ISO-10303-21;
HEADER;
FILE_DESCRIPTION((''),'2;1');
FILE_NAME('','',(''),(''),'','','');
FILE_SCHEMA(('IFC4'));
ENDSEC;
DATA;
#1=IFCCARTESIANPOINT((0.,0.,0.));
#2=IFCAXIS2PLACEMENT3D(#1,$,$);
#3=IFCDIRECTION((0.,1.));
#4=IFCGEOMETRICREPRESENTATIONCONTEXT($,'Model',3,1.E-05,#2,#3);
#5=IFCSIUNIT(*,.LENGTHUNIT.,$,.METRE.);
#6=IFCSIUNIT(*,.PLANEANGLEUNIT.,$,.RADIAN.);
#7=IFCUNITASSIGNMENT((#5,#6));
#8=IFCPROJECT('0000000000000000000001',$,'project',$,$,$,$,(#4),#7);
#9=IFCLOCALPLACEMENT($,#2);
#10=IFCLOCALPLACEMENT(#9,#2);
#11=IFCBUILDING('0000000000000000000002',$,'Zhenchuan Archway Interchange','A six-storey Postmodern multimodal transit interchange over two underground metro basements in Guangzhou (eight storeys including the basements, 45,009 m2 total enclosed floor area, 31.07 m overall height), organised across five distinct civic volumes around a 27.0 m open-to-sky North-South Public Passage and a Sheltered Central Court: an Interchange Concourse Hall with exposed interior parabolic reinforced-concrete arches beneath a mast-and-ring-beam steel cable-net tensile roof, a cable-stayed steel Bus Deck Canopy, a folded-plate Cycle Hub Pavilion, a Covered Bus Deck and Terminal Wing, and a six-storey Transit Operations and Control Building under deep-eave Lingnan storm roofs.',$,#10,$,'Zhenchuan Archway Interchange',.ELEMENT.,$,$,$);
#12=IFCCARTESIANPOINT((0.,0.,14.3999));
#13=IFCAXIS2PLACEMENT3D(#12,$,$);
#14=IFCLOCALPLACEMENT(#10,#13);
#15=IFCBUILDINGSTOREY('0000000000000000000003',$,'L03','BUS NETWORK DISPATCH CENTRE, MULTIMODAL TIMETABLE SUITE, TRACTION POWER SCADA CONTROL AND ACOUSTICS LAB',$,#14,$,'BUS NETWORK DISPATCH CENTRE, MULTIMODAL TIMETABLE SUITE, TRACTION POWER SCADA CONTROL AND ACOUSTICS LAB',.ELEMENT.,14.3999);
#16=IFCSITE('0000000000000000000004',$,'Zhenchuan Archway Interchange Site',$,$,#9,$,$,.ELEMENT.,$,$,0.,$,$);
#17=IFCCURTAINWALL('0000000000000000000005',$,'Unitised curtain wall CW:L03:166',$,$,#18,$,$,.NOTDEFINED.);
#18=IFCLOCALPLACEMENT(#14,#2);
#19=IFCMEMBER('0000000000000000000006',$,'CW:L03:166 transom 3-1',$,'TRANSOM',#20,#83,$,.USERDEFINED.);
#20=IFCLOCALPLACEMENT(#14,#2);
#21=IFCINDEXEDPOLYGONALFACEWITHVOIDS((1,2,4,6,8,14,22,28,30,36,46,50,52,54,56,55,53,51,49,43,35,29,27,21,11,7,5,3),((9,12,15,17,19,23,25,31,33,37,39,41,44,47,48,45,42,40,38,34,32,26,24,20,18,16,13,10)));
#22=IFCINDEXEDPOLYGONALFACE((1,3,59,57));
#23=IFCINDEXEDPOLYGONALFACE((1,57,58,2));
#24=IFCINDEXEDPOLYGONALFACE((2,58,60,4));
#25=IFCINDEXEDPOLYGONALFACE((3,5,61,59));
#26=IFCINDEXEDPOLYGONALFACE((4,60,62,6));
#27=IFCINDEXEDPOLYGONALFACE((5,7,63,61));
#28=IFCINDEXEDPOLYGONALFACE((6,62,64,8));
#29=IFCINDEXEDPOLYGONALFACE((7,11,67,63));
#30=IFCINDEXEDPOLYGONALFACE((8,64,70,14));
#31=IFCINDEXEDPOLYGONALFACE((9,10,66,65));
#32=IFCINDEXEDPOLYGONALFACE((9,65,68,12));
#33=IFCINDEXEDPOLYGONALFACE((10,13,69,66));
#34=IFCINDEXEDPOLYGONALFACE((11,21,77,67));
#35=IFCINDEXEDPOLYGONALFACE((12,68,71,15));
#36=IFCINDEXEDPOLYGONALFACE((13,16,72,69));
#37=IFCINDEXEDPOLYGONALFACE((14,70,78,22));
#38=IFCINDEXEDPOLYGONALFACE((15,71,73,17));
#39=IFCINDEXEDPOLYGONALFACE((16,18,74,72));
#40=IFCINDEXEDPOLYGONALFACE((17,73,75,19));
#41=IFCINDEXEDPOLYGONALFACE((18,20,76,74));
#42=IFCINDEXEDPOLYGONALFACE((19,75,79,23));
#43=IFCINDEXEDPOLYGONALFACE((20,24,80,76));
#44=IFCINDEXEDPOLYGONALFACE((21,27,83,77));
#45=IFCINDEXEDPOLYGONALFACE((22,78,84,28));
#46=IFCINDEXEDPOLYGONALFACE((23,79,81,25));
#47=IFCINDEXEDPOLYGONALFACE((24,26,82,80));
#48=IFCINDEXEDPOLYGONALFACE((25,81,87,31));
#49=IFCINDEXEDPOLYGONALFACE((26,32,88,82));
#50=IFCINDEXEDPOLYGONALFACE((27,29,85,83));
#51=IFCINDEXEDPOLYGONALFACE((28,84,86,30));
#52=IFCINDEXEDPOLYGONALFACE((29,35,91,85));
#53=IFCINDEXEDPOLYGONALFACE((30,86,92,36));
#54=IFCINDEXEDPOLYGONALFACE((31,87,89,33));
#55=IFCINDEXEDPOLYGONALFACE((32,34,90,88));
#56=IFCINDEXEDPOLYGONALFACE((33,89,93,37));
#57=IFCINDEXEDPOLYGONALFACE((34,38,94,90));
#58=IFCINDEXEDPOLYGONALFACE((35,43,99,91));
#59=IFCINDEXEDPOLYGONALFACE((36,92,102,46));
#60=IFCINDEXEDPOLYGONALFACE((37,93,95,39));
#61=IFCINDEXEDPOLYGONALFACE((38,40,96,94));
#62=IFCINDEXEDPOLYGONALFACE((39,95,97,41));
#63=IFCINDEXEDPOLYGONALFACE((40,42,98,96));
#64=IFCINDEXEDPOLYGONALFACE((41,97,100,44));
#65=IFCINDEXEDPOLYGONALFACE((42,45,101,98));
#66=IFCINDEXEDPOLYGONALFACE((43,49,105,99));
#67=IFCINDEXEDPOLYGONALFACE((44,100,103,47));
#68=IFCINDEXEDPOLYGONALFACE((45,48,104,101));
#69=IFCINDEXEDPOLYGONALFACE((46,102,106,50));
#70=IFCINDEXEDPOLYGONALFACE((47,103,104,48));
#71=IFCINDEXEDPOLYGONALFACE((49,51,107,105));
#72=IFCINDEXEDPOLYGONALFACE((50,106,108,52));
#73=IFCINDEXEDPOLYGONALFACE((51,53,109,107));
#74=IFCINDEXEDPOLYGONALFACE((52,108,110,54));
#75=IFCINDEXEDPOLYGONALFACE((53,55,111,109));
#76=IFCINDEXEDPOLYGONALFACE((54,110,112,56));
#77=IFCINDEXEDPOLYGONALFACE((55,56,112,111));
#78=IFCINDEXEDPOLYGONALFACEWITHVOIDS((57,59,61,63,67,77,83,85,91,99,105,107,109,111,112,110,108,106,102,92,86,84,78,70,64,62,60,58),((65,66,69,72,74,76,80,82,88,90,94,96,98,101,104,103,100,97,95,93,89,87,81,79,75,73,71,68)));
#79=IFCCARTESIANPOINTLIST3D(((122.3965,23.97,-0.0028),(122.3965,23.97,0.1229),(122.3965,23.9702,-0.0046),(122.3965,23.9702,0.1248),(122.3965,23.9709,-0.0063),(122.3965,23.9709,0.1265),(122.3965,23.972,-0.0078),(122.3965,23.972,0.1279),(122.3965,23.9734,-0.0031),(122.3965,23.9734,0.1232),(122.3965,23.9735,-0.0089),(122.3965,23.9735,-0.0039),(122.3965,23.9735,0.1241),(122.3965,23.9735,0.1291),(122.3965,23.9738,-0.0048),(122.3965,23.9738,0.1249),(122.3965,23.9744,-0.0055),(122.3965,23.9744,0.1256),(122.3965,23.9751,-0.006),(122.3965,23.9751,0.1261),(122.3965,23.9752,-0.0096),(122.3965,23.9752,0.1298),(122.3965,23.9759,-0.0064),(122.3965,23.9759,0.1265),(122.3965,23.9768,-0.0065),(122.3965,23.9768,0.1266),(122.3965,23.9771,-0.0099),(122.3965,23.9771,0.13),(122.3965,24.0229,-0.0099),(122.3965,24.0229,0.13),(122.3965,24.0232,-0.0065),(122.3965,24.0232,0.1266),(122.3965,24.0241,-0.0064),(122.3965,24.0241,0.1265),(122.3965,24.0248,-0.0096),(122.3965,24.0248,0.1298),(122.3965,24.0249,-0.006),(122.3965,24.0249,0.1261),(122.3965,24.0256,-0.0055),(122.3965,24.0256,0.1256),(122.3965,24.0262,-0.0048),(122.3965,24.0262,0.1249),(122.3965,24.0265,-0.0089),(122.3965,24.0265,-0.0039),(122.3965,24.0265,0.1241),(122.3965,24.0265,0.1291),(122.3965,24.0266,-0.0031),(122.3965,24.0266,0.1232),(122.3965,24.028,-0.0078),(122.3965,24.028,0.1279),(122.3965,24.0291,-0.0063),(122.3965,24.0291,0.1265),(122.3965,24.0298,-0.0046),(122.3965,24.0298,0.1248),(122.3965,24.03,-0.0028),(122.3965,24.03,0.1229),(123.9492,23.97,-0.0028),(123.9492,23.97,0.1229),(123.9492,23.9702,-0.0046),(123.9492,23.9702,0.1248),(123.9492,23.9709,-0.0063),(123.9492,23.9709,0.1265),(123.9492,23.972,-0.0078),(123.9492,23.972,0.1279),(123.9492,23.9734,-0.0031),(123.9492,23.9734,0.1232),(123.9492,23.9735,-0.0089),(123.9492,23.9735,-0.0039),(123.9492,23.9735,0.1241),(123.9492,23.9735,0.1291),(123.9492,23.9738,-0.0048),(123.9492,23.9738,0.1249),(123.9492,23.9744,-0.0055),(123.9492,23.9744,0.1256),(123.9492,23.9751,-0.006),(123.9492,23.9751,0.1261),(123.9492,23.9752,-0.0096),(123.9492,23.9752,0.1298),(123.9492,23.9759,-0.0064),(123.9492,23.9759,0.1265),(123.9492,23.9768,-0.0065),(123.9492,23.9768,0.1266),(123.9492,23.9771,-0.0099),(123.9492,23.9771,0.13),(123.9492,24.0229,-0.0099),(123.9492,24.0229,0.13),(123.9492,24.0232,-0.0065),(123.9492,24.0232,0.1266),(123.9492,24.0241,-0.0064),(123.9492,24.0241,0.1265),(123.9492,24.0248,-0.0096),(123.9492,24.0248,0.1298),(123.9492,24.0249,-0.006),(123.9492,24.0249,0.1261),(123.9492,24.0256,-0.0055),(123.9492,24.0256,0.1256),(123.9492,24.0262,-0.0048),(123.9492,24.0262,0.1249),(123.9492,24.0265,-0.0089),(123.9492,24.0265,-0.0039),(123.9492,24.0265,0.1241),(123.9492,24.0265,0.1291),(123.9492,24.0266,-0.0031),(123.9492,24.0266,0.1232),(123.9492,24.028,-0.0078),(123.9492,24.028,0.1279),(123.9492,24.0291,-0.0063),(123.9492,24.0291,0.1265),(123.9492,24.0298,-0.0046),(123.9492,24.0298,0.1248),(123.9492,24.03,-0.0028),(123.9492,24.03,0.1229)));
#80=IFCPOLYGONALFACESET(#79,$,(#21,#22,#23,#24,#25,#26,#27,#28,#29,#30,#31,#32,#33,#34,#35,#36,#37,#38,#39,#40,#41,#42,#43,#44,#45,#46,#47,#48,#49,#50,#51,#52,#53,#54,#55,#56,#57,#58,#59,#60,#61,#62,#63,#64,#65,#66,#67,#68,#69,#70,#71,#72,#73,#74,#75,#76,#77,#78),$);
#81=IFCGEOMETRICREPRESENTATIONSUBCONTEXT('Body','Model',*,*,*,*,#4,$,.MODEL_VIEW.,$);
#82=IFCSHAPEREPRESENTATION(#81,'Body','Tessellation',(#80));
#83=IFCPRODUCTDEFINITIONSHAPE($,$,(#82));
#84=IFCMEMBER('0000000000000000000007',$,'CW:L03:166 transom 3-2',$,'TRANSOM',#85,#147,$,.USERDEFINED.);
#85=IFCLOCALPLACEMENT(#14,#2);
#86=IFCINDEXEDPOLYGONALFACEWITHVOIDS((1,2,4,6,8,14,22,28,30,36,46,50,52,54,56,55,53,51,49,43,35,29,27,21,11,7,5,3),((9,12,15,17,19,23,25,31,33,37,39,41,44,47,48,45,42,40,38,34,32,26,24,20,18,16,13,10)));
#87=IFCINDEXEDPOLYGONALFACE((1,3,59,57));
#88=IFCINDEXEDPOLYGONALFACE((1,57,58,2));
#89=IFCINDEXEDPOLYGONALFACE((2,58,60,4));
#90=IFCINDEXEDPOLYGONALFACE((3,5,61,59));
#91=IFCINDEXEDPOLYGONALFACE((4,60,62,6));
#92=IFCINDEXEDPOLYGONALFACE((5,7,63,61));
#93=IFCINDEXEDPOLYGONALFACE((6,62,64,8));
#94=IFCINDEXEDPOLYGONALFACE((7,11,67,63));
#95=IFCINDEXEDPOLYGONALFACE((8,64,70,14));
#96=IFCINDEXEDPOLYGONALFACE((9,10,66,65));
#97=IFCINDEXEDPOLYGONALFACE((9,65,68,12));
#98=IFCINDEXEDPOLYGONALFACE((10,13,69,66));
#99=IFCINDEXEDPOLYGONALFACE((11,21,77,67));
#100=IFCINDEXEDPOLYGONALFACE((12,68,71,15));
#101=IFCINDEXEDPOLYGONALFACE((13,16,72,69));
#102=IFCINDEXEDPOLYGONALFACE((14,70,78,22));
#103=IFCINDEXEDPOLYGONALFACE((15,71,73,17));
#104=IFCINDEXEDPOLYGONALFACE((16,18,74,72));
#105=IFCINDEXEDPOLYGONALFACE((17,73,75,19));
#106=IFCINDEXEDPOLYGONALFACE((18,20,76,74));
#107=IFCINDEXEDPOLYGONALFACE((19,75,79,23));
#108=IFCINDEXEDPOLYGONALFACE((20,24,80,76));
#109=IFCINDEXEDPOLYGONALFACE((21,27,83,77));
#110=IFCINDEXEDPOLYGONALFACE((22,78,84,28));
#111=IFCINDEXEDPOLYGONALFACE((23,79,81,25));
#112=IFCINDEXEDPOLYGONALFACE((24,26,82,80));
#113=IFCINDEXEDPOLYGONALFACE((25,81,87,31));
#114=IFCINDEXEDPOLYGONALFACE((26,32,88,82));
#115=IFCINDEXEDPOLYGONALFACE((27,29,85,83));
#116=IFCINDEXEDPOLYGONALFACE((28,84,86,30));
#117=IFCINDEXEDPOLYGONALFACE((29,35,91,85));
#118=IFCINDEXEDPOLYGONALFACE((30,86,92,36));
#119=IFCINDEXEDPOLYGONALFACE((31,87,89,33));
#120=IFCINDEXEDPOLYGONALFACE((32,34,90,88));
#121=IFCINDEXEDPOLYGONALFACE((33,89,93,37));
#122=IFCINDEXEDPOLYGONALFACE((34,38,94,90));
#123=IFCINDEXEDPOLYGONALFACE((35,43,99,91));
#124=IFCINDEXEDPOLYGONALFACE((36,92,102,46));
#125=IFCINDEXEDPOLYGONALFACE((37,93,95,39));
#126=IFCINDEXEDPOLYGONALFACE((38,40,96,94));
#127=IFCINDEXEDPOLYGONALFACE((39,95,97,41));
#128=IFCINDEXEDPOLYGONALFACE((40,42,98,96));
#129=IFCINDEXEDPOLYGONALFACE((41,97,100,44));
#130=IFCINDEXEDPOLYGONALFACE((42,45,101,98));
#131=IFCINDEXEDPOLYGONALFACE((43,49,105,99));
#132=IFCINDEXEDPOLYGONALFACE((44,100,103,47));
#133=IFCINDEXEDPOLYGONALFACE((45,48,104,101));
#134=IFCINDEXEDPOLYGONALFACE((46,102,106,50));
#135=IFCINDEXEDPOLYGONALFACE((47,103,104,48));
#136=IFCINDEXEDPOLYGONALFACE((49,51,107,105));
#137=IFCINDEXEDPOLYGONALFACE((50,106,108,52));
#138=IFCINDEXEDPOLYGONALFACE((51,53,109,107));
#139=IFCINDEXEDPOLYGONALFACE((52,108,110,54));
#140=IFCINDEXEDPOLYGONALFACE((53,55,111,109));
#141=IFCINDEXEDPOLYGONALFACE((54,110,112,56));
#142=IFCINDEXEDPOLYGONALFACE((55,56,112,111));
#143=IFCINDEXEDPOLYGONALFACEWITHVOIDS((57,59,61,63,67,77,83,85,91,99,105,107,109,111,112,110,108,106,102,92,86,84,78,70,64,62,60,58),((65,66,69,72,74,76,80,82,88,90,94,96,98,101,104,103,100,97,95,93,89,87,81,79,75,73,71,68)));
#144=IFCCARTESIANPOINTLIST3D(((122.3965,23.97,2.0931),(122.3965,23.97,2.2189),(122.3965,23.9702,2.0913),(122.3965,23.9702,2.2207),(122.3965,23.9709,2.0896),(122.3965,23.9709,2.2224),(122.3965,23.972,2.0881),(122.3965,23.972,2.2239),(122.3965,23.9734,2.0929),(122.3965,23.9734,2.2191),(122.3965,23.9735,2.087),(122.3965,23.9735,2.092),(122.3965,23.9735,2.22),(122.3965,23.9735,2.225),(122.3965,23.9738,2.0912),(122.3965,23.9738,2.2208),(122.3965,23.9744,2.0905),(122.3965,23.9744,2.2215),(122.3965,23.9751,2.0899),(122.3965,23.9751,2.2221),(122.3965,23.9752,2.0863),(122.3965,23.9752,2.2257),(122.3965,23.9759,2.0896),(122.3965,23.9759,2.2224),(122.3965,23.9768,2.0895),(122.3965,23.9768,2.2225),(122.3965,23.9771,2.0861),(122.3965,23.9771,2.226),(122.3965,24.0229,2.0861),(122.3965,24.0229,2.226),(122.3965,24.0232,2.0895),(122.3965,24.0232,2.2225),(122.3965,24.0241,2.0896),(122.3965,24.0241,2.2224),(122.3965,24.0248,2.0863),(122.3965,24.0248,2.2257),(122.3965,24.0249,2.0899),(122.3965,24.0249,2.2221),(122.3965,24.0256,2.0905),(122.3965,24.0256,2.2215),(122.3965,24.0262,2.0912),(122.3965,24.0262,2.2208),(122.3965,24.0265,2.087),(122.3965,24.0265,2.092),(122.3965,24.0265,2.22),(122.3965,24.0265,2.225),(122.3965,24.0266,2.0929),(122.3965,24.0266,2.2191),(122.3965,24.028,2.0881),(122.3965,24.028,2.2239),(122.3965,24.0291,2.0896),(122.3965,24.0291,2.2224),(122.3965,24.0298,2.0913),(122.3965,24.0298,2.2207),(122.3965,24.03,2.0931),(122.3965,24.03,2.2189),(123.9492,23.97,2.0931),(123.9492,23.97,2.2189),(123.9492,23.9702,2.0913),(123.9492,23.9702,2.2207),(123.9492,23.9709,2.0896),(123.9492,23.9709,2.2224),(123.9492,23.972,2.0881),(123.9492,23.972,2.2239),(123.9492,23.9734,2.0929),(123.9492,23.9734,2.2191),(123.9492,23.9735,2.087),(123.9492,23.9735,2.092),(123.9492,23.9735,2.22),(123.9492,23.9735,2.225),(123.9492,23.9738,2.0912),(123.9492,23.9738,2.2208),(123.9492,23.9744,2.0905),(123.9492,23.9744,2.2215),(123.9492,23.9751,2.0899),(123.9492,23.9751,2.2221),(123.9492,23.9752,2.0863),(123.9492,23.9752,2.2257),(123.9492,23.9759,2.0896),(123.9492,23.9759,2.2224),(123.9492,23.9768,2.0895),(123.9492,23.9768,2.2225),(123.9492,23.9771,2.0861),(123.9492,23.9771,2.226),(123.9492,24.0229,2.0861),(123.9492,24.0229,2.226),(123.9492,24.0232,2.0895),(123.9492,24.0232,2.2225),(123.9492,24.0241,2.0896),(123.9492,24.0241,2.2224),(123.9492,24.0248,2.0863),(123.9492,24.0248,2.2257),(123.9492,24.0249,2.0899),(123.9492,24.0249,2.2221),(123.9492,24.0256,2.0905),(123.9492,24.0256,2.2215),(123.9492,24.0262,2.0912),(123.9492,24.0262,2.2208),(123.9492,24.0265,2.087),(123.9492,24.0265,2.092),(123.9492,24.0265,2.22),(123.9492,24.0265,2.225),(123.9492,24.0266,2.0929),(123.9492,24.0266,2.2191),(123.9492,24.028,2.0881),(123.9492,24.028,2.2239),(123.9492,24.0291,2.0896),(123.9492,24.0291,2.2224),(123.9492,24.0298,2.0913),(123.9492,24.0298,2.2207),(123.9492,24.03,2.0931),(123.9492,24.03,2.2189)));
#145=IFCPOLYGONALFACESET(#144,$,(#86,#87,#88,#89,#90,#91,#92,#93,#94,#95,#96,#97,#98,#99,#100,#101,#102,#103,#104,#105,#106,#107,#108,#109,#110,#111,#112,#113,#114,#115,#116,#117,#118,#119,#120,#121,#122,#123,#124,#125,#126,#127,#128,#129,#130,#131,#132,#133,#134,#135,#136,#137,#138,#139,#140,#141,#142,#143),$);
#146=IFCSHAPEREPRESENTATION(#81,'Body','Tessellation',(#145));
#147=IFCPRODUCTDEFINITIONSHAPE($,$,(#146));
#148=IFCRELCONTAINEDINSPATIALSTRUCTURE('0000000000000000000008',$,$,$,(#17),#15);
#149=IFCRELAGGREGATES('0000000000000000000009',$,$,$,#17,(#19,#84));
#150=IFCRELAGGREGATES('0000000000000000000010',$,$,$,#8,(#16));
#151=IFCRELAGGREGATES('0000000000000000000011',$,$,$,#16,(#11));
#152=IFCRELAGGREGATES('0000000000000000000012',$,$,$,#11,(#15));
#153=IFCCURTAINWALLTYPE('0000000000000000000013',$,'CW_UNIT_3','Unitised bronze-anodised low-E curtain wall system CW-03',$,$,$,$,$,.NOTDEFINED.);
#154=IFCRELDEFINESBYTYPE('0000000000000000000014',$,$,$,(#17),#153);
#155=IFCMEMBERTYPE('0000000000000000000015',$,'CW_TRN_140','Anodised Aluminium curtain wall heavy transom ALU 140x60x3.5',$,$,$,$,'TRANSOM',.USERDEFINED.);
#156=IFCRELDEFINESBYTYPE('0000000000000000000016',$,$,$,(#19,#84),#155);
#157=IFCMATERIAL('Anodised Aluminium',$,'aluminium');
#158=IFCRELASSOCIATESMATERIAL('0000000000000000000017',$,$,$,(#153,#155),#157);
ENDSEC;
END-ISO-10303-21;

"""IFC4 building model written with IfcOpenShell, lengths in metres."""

from ifc_helpers import new_model, si_unit, direction, frame, origin, origin_2d, place, context, subcontext, project, spatial, hollow_rectangle, extrude, material, material_profile, profile_set, type_object, element, aggregate, save


model = new_model("IFC4")

# Units and contexts
model_context = context("Model", 3, precision=1e-05, world=origin(), true_north=direction((0.0, 1.0)))
body_context = subcontext(model_context, "Body", "Model", "MODEL_VIEW")
ifc_project = project(units=[si_unit("LENGTHUNIT", "METRE"), si_unit("PLANEANGLEUNIT", "RADIAN")], contexts=[model_context])

# Site, building, storey
site_placement = place(None, origin())
site = spatial("IfcSite", under=ifc_project, at=site_placement, Name="Zhenchuan Archway Interchange Site", CompositionType="ELEMENT", RefElevation=0.0)
building_placement = place(site_placement, origin())
building = spatial("IfcBuilding", under=site, at=building_placement, Name="Zhenchuan Archway Interchange", Description="A six-storey Postmodern multimodal transit interchange over two underground metro basements in Guangzhou (eight storeys including the basements, 45,009 m2 total enclosed floor area, 31.07 m overall height), organised across five distinct civic volumes around a 27.0 m open-to-sky North-South Public Passage and a Sheltered Central Court: an Interchange Concourse Hall with exposed interior parabolic reinforced-concrete arches beneath a mast-and-ring-beam steel cable-net tensile roof, a cable-stayed steel Bus Deck Canopy, a folded-plate Cycle Hub Pavilion, a Covered Bus Deck and Terminal Wing, and a six-storey Transit Operations and Control Building under deep-eave Lingnan storm roofs.", LongName="Zhenchuan Archway Interchange", CompositionType="ELEMENT")
storey_placement = place(building_placement, frame((0.0, 0.0, 14.3999)))
storey = spatial("IfcBuildingStorey", under=building, at=storey_placement, Name="L03", Description="BUS NETWORK DISPATCH CENTRE, MULTIMODAL TIMETABLE SUITE, TRACTION POWER SCADA CONTROL AND ACOUSTICS LAB", LongName="BUS NETWORK DISPATCH CENTRE, MULTIMODAL TIMETABLE SUITE, TRACTION POWER SCADA CONTROL AND ACOUSTICS LAB", CompositionType="ELEMENT", Elevation=14.3999)

# Curtain wall
ifc_material_1 = material(Name="Anodised Aluminium", Category="aluminium")
curtain_wall_type_1 = type_object("IfcCurtainWallType", Name="CW_UNIT_3", Description="Unitised bronze-anodised low-E curtain wall system CW-03", PredefinedType="NOTDEFINED", material=ifc_material_1)
curtain_wall_1_placement = place(storey_placement, origin())
curtain_wall_1 = element("IfcCurtainWall", 1, at=curtain_wall_1_placement, inside=storey, type_object=curtain_wall_type_1, Name="Unitised curtain wall CW:L03:166", PredefinedType="NOTDEFINED")

# Members
ifc_material_profile_1 = material_profile(ifc_material_1, hollow_rectangle(XDim=0.0601, YDim=0.1399, WallThickness=0.0034, InnerFilletRadius=0.0034, OuterFilletRadius=0.0071, at=origin_2d()), Name="ALU 140x60x3.5")
ifc_profile_set_1 = profile_set([ifc_material_profile_1], Name="Anodised Aluminium")
member_type_1 = type_object("IfcMemberType", Name="CW_TRN_140", Description="Anodised Aluminium curtain wall heavy transom ALU 140x60x3.5", ElementType="TRANSOM", PredefinedType="USERDEFINED", material=ifc_profile_set_1)
member_1_placement = place(storey_placement, frame((122.3965, 24.0, 0.0601), z_axis=(1.0, 0.0, 0.0), x_axis=(0.0, 1.0, 0.0)))
member_1 = element("IfcMember", 2, at=member_1_placement, type_object=member_type_1, Name="CW:L03:166 transom 3-1", ObjectType="TRANSOM", PredefinedType="USERDEFINED", context=body_context, shape_type="SweptSolid", body=[
    extrude(hollow_rectangle(XDim=0.0601, YDim=0.1399, WallThickness=0.0034, InnerFilletRadius=0.0034, OuterFilletRadius=0.0071, at=origin_2d()), origin(), (0.0, 0.0, 1.0), 1.5527),
])
member_2_placement = place(storey_placement, frame((122.3965, 24.0, 2.156), z_axis=(1.0, 0.0, 0.0), x_axis=(0.0, 1.0, 0.0)))
member_2 = element("IfcMember", 3, at=member_2_placement, type_object=member_type_1, Name="CW:L03:166 transom 3-2", ObjectType="TRANSOM", PredefinedType="USERDEFINED", context=body_context, shape_type="SweptSolid", body=[
    extrude(hollow_rectangle(XDim=0.0601, YDim=0.1399, WallThickness=0.0034, InnerFilletRadius=0.0034, OuterFilletRadius=0.0071, at=origin_2d()), origin(), (0.0, 0.0, 1.0), 1.5527),
])

aggregate(curtain_wall_1, [member_1, member_2])

save(model, "model.ifc")
